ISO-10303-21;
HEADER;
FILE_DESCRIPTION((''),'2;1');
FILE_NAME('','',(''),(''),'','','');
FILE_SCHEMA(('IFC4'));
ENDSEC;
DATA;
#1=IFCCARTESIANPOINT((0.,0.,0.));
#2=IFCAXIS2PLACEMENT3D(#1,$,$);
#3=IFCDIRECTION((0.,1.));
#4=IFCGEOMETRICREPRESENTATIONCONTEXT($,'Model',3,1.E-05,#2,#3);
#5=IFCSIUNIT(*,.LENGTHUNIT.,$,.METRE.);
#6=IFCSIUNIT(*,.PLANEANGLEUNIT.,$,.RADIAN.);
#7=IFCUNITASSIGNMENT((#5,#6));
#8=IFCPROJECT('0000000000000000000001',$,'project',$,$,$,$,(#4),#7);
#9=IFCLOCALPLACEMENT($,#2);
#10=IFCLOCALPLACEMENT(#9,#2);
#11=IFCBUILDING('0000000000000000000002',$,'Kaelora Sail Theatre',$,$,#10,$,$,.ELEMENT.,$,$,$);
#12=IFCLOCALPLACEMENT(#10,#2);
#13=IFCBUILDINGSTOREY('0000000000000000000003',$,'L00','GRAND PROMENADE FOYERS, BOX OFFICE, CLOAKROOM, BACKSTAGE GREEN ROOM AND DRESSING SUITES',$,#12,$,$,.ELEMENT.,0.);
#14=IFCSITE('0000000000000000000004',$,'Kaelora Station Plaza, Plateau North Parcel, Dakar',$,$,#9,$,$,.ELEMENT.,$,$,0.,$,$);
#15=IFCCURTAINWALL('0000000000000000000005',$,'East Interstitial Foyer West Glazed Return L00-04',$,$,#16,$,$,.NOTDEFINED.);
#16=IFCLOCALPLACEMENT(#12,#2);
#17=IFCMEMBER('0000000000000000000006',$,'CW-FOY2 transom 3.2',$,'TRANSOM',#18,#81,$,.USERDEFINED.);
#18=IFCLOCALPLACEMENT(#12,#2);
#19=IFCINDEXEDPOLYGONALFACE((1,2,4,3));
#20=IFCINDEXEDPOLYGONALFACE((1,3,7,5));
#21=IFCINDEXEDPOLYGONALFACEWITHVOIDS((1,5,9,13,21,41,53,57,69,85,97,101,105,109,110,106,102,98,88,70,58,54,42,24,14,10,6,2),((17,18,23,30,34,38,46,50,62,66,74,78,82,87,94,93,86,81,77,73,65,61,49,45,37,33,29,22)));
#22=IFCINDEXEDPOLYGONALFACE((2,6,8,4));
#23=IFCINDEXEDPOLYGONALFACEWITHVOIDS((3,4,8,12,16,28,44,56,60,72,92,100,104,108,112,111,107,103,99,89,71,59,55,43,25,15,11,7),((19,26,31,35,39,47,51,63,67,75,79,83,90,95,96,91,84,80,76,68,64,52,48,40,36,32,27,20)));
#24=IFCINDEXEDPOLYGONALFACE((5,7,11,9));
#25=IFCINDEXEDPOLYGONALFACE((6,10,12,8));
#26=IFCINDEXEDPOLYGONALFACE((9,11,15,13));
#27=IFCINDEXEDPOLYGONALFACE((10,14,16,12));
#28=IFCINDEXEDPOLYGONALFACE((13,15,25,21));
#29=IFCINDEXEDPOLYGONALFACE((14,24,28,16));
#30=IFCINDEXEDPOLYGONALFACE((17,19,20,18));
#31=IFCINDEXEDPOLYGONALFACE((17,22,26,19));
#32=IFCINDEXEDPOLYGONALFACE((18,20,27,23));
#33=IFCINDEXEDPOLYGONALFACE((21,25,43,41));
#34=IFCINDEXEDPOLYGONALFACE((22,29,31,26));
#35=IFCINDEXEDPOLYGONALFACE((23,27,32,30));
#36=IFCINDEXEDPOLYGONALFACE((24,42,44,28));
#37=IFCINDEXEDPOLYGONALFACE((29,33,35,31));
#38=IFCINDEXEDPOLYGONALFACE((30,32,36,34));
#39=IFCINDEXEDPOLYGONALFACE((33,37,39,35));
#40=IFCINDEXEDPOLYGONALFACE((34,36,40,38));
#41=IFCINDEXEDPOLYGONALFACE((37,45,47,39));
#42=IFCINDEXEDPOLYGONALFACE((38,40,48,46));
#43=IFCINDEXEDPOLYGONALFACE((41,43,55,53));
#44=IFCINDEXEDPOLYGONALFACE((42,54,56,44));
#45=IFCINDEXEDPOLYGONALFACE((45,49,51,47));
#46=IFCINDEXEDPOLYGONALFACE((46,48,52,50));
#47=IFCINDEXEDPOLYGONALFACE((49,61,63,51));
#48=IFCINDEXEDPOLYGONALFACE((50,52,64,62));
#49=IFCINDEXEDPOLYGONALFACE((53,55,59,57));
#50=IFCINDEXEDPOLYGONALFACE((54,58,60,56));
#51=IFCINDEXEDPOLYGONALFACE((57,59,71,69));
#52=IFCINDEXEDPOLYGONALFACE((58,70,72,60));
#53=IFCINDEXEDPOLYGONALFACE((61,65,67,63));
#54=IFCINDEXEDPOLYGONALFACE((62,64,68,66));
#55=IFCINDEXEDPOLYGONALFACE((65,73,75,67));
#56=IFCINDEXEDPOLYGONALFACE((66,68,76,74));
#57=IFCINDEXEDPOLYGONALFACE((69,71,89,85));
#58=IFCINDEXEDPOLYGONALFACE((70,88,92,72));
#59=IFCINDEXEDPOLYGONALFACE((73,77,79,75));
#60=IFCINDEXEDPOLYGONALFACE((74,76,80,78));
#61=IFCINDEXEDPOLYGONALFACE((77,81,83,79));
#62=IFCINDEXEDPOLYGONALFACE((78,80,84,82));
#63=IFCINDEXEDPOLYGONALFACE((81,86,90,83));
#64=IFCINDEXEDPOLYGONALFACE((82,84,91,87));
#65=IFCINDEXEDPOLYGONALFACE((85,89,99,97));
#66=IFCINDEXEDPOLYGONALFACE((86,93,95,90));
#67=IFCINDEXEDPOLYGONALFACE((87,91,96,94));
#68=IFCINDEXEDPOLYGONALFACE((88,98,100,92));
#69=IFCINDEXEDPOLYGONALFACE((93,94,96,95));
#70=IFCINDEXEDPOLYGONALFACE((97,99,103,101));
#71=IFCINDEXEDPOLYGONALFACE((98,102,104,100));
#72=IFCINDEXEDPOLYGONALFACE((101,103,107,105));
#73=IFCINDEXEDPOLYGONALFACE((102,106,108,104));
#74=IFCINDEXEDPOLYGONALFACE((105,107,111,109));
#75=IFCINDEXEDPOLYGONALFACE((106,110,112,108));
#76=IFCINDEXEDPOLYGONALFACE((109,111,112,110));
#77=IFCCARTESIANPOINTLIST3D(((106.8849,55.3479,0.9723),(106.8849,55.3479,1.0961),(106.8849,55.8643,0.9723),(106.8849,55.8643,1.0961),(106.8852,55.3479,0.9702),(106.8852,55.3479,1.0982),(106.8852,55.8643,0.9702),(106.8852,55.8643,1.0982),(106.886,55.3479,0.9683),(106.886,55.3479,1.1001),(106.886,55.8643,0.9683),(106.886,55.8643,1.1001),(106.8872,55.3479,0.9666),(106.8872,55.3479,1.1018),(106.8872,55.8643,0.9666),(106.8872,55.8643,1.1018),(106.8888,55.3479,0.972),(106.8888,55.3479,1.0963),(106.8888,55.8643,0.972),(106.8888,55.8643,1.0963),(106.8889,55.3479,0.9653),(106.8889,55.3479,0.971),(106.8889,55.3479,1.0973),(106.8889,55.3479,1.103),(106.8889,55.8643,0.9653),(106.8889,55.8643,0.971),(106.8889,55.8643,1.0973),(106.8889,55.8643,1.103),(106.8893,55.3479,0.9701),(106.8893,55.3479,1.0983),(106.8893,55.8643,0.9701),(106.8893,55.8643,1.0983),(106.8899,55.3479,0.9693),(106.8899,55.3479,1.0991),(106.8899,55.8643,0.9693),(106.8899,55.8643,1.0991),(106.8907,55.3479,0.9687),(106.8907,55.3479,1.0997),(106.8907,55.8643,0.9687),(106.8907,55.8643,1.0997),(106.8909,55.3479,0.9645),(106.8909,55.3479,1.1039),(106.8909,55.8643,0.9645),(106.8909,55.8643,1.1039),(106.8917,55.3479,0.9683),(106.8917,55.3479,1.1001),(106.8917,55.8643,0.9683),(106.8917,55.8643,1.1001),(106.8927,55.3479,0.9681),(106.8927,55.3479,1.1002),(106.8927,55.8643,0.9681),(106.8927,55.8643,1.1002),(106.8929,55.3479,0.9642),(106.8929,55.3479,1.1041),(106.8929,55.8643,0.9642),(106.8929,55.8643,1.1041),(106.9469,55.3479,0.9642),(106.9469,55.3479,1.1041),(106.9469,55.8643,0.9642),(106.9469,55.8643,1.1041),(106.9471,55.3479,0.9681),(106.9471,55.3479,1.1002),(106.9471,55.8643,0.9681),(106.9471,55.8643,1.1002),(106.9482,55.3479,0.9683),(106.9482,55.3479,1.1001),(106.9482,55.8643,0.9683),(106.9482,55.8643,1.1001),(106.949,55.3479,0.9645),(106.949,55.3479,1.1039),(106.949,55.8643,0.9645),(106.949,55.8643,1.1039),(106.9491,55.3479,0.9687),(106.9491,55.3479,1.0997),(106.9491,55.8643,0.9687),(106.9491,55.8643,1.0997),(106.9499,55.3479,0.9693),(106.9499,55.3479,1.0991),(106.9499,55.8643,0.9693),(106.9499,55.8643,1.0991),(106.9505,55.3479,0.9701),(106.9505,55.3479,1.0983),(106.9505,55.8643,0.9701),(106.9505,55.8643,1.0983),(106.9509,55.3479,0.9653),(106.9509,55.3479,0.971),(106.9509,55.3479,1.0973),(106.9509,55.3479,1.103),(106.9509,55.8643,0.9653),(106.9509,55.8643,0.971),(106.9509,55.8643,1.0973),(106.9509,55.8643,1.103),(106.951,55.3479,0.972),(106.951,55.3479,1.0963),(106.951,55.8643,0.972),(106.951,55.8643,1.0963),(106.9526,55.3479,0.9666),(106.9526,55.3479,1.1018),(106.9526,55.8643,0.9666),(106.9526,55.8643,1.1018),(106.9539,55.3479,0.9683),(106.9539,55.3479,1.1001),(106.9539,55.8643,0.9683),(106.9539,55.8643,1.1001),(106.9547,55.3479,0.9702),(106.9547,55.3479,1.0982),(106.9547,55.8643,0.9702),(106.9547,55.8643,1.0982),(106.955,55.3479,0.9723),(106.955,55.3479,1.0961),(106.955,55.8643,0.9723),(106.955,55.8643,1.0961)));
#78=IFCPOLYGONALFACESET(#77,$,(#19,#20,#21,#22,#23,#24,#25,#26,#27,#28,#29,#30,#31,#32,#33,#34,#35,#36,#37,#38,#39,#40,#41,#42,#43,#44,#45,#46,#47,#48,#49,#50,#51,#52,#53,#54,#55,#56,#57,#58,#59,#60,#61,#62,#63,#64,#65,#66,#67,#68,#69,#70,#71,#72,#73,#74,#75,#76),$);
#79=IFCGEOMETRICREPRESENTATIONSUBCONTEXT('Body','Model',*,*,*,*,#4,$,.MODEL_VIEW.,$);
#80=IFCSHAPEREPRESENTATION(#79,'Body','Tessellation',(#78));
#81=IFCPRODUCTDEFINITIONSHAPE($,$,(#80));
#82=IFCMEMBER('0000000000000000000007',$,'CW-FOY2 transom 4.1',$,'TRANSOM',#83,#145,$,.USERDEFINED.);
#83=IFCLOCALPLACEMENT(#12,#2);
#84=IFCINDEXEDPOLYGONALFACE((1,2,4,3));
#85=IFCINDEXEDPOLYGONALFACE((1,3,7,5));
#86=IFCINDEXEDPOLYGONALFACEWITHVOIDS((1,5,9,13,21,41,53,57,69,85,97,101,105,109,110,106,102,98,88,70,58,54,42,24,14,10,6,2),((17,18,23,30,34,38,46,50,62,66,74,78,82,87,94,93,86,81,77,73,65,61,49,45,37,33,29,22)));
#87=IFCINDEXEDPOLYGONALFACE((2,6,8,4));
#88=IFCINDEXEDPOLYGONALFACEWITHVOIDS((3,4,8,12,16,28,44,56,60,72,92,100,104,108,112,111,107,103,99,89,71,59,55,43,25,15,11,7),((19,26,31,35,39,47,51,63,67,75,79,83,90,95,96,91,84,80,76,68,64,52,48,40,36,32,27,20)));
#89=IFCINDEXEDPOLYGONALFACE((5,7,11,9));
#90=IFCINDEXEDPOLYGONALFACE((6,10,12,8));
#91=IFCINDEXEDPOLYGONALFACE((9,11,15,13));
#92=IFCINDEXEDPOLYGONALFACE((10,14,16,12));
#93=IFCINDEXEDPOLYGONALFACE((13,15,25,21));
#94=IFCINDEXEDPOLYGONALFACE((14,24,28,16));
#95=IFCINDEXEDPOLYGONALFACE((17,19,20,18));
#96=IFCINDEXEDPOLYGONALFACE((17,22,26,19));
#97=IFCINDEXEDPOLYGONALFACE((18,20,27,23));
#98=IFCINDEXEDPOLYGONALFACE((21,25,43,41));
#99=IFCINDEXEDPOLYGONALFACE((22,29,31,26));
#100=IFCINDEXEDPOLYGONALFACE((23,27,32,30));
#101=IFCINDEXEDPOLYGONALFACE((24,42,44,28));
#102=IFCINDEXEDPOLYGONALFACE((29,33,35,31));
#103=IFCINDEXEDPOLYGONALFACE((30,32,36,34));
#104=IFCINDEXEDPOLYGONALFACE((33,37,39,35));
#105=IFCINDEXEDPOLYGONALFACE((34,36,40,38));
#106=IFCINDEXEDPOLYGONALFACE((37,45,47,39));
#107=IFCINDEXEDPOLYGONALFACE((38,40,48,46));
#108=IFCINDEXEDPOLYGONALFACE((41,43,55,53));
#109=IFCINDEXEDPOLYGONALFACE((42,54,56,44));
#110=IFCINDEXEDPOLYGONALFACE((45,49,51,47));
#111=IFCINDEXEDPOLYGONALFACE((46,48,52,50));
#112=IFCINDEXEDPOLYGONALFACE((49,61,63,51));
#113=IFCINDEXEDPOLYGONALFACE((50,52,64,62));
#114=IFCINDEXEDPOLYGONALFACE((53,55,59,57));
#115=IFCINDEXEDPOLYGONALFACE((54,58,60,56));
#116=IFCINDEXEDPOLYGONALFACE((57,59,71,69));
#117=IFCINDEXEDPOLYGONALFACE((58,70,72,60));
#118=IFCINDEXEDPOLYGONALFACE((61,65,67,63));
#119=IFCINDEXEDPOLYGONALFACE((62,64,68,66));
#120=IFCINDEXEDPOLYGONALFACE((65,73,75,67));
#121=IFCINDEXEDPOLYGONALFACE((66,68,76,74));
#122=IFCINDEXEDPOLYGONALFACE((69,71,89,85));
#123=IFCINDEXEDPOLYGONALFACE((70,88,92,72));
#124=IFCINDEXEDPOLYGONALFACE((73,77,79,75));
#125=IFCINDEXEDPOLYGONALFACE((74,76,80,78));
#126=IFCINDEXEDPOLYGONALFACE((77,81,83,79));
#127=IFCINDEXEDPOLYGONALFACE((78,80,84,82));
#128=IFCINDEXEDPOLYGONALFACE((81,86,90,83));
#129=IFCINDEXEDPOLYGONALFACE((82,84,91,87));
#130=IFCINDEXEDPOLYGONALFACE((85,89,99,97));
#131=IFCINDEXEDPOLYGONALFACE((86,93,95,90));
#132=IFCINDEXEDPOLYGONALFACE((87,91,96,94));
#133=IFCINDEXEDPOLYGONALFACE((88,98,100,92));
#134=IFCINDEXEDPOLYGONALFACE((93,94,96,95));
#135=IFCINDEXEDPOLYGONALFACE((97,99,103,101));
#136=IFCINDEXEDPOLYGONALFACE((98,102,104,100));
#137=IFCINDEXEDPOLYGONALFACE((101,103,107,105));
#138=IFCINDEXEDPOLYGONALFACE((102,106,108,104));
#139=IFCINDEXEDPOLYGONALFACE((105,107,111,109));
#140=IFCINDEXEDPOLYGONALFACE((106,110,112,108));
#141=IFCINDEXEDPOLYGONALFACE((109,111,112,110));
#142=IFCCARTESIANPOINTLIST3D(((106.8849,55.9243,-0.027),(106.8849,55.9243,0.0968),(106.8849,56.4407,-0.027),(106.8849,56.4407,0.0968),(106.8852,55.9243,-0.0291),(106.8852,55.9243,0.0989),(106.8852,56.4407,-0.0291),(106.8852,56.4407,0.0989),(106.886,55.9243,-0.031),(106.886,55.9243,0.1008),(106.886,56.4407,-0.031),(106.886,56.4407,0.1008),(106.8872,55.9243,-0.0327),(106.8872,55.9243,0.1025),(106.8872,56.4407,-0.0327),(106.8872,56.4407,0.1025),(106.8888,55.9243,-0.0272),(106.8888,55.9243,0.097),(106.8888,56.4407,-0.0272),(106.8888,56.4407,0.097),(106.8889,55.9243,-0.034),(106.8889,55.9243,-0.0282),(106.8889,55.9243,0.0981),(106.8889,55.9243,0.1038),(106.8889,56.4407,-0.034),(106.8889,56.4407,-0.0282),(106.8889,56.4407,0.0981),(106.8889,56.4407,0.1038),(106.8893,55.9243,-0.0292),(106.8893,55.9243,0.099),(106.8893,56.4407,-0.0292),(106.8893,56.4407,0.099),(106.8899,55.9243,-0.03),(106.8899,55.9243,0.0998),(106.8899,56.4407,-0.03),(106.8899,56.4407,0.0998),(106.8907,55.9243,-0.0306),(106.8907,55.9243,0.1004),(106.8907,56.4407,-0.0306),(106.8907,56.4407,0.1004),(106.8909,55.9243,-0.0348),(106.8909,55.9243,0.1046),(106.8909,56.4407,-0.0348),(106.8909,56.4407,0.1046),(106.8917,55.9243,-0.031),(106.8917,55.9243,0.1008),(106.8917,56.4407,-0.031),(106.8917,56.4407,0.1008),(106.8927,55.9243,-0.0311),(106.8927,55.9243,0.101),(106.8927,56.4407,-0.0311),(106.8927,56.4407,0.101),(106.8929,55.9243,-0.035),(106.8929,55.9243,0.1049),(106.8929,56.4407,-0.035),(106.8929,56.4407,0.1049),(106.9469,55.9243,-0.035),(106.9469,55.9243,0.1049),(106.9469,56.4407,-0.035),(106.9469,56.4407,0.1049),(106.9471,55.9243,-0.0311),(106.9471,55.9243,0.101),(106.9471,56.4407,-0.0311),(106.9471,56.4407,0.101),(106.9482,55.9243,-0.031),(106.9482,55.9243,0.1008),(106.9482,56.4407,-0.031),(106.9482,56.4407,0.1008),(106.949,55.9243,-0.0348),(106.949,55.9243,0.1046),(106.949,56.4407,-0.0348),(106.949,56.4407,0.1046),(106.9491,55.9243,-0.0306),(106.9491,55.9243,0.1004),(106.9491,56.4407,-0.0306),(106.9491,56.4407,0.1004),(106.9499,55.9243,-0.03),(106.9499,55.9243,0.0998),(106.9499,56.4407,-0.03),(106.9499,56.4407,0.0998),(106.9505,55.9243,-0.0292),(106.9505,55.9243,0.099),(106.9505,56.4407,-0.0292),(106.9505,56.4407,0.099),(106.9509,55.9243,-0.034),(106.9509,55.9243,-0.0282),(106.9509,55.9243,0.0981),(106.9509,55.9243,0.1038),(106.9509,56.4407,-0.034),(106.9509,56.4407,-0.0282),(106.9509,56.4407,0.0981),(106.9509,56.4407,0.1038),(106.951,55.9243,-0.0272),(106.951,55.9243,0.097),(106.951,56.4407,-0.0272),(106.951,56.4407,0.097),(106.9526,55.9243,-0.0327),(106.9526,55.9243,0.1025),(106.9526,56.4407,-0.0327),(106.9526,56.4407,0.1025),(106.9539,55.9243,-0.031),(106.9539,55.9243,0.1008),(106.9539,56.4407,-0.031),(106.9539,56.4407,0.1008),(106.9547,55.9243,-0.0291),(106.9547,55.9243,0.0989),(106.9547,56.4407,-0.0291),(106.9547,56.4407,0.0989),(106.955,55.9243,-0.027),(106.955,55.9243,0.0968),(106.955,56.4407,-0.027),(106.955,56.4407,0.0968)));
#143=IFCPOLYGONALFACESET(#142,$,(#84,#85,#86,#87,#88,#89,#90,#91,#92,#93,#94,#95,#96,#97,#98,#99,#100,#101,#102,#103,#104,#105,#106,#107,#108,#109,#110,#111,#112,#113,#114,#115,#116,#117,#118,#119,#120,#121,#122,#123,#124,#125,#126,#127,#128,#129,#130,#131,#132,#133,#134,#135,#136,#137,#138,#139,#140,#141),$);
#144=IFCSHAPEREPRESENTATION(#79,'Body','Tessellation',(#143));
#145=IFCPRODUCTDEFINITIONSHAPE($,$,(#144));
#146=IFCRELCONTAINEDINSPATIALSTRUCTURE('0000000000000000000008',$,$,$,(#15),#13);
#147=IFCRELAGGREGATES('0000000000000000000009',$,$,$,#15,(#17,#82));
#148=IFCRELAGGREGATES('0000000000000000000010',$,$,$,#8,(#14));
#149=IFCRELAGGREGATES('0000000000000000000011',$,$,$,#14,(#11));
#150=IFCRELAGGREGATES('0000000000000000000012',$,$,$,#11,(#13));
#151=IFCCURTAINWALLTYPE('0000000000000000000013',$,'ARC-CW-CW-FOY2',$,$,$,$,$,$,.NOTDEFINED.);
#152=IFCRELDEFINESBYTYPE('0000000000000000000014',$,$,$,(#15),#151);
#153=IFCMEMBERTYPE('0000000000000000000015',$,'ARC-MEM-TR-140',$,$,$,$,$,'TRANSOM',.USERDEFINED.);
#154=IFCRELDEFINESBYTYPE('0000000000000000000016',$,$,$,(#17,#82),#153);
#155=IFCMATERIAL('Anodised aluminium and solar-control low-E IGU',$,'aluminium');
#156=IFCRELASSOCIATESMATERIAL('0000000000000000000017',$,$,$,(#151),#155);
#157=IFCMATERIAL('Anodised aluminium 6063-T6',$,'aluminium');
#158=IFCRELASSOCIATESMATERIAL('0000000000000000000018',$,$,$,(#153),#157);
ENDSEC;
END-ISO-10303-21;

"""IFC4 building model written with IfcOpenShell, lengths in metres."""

from ifc_helpers import new_model, si_unit, direction, frame, origin, origin_2d, place, context, subcontext, project, spatial, hollow_rectangle, extrude, material, material_profile, profile_set, type_object, element, aggregate, save


model = new_model("IFC4")

# Units and contexts
model_context = context("Model", 3, precision=1e-05, world=origin(), true_north=direction((0.0, 1.0)))
body_context = subcontext(model_context, "Body", "Model", "MODEL_VIEW")
ifc_project = project(units=[si_unit("LENGTHUNIT", "METRE"), si_unit("PLANEANGLEUNIT", "RADIAN")], contexts=[model_context])

# Site, building, storey
site_placement = place(None, origin())
site = spatial("IfcSite", under=ifc_project, at=site_placement, Name="Kaelora Station Plaza, Plateau North Parcel, Dakar", CompositionType="ELEMENT", RefElevation=0.0)
building_placement = place(site_placement, origin())
building = spatial("IfcBuilding", under=site, at=building_placement, Name="Kaelora Sail Theatre", CompositionType="ELEMENT")
storey_placement = place(building_placement, origin())
storey = spatial("IfcBuildingStorey", under=building, at=storey_placement, Name="L00", Description="GRAND PROMENADE FOYERS, BOX OFFICE, CLOAKROOM, BACKSTAGE GREEN ROOM AND DRESSING SUITES", CompositionType="ELEMENT", Elevation=0.0)

# Curtain wall, members
ifc_material_1 = material(Name="Anodised aluminium and solar-control low-E IGU", Category="aluminium")
curtain_wall_type = type_object("IfcCurtainWallType", Name="ARC-CW-CW-FOY2", PredefinedType="NOTDEFINED", material=ifc_material_1)
curtain_wall_placement = place(storey_placement, origin())
curtain_wall = element("IfcCurtainWall", 1, at=curtain_wall_placement, inside=storey, type_object=curtain_wall_type, Name="East Interstitial Foyer West Glazed Return L00-04", PredefinedType="NOTDEFINED")
ifc_material_2 = material(Name="Anodised aluminium 6063-T6", Category="aluminium")
ifc_material_profile_1 = material_profile(ifc_material_2, hollow_rectangle(XDim=0.0701, YDim=0.1399, WallThickness=0.0039, InnerFilletRadius=0.0039, OuterFilletRadius=0.0081, at=origin_2d()), Name="ALU-TRAN 70x140x4")
ifc_profile_set_1 = profile_set([ifc_material_profile_1], Name="Anodised aluminium 6063-T6")
member_type_1 = type_object("IfcMemberType", Name="ARC-MEM-TR-140", ElementType="TRANSOM", PredefinedType="USERDEFINED", material=ifc_profile_set_1)
member_1_placement = place(storey_placement, frame((106.9199, 55.3479, 1.0342), z_axis=(0.0, 1.0, 0.0), x_axis=(-1.0, 0.0, 0.0)))
member_1 = element("IfcMember", 2, at=member_1_placement, type_object=member_type_1, Name="CW-FOY2 transom 3.2", ObjectType="TRANSOM", PredefinedType="USERDEFINED", context=body_context, shape_type="SweptSolid", body=[
    extrude(hollow_rectangle(XDim=0.0701, YDim=0.1399, WallThickness=0.0039, InnerFilletRadius=0.0039, OuterFilletRadius=0.0081, at=origin_2d()), origin(), (0.0, 0.0, 1.0), 0.5164),
])
member_2_placement = place(storey_placement, frame((106.9199, 55.9243, 0.0349), z_axis=(0.0, 1.0, 0.0), x_axis=(-1.0, 0.0, 0.0)))
member_2 = element("IfcMember", 3, at=member_2_placement, type_object=member_type_1, Name="CW-FOY2 transom 4.1", ObjectType="TRANSOM", PredefinedType="USERDEFINED", context=body_context, shape_type="SweptSolid", body=[
    extrude(hollow_rectangle(XDim=0.0701, YDim=0.1399, WallThickness=0.0039, InnerFilletRadius=0.0039, OuterFilletRadius=0.0081, at=origin_2d()), origin(), (0.0, 0.0, 1.0), 0.5164),
])
aggregate(curtain_wall, [member_1, member_2])

save(model, "model.ifc")
